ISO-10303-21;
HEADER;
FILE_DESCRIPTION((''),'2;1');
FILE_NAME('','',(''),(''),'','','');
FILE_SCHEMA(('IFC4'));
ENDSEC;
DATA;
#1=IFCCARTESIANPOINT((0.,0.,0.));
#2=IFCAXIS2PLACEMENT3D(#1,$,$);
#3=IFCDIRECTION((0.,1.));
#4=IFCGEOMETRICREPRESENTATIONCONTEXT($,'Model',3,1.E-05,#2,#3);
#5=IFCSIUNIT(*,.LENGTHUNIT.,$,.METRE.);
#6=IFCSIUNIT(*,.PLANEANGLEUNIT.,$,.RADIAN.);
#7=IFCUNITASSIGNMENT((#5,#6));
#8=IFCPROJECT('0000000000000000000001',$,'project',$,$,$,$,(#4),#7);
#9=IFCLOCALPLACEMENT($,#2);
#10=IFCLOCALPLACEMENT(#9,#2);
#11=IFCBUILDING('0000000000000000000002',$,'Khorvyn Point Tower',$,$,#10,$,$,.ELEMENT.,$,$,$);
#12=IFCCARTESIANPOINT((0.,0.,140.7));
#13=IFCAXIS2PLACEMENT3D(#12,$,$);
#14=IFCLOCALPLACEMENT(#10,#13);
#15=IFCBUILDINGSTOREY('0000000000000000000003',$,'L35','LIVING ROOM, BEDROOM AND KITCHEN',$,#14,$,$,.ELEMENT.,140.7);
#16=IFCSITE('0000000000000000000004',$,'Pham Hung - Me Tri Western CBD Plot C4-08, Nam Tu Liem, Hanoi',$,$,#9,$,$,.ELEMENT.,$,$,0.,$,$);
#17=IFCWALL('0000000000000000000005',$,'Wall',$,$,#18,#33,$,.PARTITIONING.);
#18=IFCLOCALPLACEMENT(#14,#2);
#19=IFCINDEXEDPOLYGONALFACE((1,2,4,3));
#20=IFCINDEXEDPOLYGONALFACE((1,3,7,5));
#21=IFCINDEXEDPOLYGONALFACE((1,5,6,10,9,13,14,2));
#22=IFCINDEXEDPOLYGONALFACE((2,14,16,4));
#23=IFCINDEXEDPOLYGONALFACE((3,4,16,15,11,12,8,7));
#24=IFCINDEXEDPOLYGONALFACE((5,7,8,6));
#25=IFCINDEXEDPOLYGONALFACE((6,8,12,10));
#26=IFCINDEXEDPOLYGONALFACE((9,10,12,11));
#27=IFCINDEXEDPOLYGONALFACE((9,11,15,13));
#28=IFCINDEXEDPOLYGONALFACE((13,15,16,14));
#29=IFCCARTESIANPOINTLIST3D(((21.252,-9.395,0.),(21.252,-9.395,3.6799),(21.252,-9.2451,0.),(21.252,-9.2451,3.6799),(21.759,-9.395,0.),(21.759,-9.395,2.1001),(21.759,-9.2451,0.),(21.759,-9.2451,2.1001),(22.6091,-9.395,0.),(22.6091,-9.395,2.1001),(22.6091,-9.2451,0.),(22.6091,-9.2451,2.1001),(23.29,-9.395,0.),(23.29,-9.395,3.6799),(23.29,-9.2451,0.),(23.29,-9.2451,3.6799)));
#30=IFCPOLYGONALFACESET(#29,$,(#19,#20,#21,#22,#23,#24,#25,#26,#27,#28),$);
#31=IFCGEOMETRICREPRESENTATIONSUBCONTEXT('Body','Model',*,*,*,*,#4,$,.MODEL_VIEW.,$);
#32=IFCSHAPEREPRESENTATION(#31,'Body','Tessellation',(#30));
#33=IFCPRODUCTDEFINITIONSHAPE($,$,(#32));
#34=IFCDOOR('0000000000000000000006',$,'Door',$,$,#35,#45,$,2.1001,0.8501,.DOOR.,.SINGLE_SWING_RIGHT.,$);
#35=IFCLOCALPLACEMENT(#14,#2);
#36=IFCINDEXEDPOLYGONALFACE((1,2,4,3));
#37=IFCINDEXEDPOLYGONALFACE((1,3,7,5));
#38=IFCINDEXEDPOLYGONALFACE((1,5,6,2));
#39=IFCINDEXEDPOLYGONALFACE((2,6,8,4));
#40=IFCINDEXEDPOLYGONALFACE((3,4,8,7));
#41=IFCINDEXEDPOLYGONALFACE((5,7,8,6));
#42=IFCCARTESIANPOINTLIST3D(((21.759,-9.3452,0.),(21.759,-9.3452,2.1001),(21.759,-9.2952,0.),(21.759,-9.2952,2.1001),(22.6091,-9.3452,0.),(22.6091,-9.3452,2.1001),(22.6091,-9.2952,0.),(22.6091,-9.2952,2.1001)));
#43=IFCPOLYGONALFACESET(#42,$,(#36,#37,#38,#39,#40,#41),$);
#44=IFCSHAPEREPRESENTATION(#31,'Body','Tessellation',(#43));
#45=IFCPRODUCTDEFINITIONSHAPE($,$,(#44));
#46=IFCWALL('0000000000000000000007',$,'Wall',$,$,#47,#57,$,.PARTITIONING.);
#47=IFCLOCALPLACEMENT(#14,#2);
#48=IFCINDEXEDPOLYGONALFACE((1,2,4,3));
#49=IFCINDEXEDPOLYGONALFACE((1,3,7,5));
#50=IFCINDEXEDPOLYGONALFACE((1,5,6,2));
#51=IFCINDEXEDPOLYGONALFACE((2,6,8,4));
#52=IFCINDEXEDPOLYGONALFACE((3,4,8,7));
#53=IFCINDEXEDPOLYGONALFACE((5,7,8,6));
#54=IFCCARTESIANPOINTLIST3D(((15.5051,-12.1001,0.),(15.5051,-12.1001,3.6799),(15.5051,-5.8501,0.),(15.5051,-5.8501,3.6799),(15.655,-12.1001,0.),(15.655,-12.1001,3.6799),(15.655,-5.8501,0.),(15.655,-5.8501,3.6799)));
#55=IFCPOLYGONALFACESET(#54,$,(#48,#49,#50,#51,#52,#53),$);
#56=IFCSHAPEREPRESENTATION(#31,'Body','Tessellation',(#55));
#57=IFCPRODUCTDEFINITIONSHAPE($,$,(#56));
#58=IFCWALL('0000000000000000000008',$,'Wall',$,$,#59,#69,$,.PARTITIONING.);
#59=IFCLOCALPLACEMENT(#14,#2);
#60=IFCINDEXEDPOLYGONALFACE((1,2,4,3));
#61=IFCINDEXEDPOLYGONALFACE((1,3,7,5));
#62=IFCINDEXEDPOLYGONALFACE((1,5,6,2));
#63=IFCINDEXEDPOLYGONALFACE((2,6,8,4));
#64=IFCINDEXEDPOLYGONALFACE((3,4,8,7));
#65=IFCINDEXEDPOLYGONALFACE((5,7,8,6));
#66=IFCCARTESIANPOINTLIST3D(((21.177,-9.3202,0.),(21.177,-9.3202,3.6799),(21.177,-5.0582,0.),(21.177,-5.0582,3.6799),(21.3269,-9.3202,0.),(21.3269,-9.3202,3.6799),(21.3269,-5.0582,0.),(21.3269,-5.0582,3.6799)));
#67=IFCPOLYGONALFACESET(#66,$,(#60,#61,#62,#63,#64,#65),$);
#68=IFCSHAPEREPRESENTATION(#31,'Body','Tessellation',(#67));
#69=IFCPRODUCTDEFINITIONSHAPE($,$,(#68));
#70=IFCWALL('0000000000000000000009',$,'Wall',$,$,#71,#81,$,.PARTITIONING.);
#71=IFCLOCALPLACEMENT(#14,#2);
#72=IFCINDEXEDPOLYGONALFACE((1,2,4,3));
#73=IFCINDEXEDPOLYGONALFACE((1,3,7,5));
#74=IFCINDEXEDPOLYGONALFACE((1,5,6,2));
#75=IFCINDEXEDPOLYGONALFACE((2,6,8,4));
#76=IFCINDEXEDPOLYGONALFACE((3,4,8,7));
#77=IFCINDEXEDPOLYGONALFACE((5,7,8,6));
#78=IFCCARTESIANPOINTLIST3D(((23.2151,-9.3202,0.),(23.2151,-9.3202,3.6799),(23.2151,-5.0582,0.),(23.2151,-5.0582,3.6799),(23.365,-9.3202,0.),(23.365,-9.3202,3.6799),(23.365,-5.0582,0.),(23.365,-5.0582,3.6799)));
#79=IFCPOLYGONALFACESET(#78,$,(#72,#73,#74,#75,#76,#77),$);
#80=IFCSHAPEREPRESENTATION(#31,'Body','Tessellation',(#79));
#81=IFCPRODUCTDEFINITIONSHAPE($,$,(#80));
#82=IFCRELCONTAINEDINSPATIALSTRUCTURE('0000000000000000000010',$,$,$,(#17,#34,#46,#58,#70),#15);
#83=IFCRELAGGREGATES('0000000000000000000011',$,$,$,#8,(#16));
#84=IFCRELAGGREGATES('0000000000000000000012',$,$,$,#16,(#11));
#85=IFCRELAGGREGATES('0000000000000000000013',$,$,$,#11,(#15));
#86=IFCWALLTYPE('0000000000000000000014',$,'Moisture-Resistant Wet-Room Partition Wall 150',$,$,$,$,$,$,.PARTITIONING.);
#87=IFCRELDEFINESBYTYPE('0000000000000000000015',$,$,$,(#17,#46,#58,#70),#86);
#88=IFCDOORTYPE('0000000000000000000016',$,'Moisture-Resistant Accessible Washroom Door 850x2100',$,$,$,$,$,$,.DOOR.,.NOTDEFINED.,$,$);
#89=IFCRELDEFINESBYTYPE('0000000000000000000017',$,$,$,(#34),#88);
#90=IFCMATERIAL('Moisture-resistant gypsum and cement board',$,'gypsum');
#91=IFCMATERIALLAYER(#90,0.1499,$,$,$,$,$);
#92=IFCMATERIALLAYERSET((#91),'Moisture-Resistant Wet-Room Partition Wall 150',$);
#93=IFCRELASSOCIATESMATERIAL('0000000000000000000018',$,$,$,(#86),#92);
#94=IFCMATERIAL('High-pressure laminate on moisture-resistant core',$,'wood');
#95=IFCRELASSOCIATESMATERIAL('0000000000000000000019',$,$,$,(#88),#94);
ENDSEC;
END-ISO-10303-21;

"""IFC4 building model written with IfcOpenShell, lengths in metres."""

from ifc_helpers import new_model, si_unit, direction, frame, frame_2d, origin, place, context, subcontext, project, spatial, rectangle, extrude, material, layer, layer_set, type_object, element, fill, save


model = new_model("IFC4")

# Units and contexts
model_context = context("Model", 3, precision=1e-05, world=origin(), true_north=direction((0.0, 1.0)))
body_context = subcontext(model_context, "Body", "Model", "MODEL_VIEW")
ifc_project = project(units=[si_unit("LENGTHUNIT", "METRE"), si_unit("PLANEANGLEUNIT", "RADIAN")], contexts=[model_context])

# Site, building, storey
site_placement = place(None, origin())
site = spatial("IfcSite", under=ifc_project, at=site_placement, Name="Pham Hung - Me Tri Western CBD Plot C4-08, Nam Tu Liem, Hanoi", CompositionType="ELEMENT", RefElevation=0.0)
building_placement = place(site_placement, origin())
building = spatial("IfcBuilding", under=site, at=building_placement, Name="Khorvyn Point Tower", CompositionType="ELEMENT")
storey_placement = place(building_placement, frame((0.0, 0.0, 140.7)))
storey = spatial("IfcBuildingStorey", under=building, at=storey_placement, Name="L35", Description="LIVING ROOM, BEDROOM AND KITCHEN", CompositionType="ELEMENT", Elevation=140.7)

# Wall, opening, door
ifc_material_1 = material(Name="Moisture-resistant gypsum and cement board", Category="gypsum")
ifc_layer_1 = layer(ifc_material_1, 0.1499)
ifc_layer_set_1 = layer_set([ifc_layer_1], Name="Moisture-Resistant Wet-Room Partition Wall 150")
wall_type_1 = type_object("IfcWallType", Name="Moisture-Resistant Wet-Room Partition Wall 150", PredefinedType="PARTITIONING", material=ifc_layer_set_1)
ifc_material_2 = material(Name="High-pressure laminate on moisture-resistant core", Category="wood")
door_type_1 = type_object("IfcDoorType", Name="Moisture-Resistant Accessible Washroom Door 850x2100", OperationType="NOTDEFINED", PredefinedType="DOOR", material=ifc_material_2)
wall_1_placement = place(storey_placement, frame((21.252, -9.3201, 0.0), z_axis=(0.0, 0.0, 1.0), x_axis=(1.0, 0.0, 0.0)))
wall_1 = element("IfcWall", 1, at=wall_1_placement, inside=storey, type_object=wall_type_1, Name="Wall", PredefinedType="PARTITIONING", context=body_context, shape_type="SweptSolid", body=[
    extrude(rectangle(XDim=2.0381, YDim=0.1499, at=frame_2d((1.019, 0.0))), origin(), (0.0, 0.0, 1.0), 3.6799),
])
opening_1_placement = place(wall_1_placement, frame((0.5071, 0.0, 0.0)))
opening_1 = element("IfcOpeningElement", 2, at=opening_1_placement, cuts=wall_1, PredefinedType="OPENING", context=body_context, shape_type="SweptSolid", body=[
    extrude(rectangle(XDim=0.8501, YDim=2.1001, at=frame_2d((0.425, 1.05))), frame((0.0, 0.085, 0.0), z_axis=(0.0, -1.0, 0.0), x_axis=(1.0, 0.0, 0.0)), (0.0, 0.0, 1.0), 0.1699),
])
door_1_placement = place(opening_1_placement, origin())
door_1 = element("IfcDoor", 3, at=door_1_placement, inside=storey, type_object=door_type_1, Name="Door", OperationType="SINGLE_SWING_RIGHT", OverallHeight=2.1001, OverallWidth=0.8501, PredefinedType="DOOR", context=body_context, shape_type="SweptSolid", body=[
    extrude(rectangle(XDim=0.8501, YDim=2.1001, at=frame_2d((0.425, 1.05))), frame((0.0, 0.0249, 0.0), z_axis=(0.0, -1.0, 0.0), x_axis=(1.0, 0.0, 0.0)), (0.0, 0.0, 1.0), 0.05),
])
fill(opening_1, door_1)

# Walls
wall_2_placement = place(storey_placement, frame((15.5801, -12.1001, 0.0), z_axis=(0.0, 0.0, 1.0), x_axis=(0.0, 1.0, 0.0)))
element("IfcWall", 4, at=wall_2_placement, inside=storey, type_object=wall_type_1, Name="Wall", PredefinedType="PARTITIONING", context=body_context, shape_type="SweptSolid", body=[
    extrude(rectangle(XDim=6.25, YDim=0.1499, at=frame_2d((3.125, 0.0))), origin(), (0.0, 0.0, 1.0), 3.6799),
])
for number, where, z_axis, x_axis, name in (
    (5, (21.252, -9.3201, 0.0), (0.0, 0.0, 1.0), (0.0, 1.0, 0.0), "Wall"),
    (6, (23.29, -9.3201, 0.0), (0.0, 0.0, 1.0), (0.0, 1.0, 0.0), "Wall"),
):
    element("IfcWall", number, at=place(storey_placement, frame(where, z_axis=z_axis, x_axis=x_axis)), inside=storey, type_object=wall_type_1, Name=name, PredefinedType="PARTITIONING", context=body_context, shape_type="SweptSolid", body=[
        extrude(rectangle(XDim=4.262, YDim=0.1499, at=frame_2d((2.1309, 0.0))), origin(), (0.0, 0.0, 1.0), 3.6799),
    ])

save(model, "model.ifc")
